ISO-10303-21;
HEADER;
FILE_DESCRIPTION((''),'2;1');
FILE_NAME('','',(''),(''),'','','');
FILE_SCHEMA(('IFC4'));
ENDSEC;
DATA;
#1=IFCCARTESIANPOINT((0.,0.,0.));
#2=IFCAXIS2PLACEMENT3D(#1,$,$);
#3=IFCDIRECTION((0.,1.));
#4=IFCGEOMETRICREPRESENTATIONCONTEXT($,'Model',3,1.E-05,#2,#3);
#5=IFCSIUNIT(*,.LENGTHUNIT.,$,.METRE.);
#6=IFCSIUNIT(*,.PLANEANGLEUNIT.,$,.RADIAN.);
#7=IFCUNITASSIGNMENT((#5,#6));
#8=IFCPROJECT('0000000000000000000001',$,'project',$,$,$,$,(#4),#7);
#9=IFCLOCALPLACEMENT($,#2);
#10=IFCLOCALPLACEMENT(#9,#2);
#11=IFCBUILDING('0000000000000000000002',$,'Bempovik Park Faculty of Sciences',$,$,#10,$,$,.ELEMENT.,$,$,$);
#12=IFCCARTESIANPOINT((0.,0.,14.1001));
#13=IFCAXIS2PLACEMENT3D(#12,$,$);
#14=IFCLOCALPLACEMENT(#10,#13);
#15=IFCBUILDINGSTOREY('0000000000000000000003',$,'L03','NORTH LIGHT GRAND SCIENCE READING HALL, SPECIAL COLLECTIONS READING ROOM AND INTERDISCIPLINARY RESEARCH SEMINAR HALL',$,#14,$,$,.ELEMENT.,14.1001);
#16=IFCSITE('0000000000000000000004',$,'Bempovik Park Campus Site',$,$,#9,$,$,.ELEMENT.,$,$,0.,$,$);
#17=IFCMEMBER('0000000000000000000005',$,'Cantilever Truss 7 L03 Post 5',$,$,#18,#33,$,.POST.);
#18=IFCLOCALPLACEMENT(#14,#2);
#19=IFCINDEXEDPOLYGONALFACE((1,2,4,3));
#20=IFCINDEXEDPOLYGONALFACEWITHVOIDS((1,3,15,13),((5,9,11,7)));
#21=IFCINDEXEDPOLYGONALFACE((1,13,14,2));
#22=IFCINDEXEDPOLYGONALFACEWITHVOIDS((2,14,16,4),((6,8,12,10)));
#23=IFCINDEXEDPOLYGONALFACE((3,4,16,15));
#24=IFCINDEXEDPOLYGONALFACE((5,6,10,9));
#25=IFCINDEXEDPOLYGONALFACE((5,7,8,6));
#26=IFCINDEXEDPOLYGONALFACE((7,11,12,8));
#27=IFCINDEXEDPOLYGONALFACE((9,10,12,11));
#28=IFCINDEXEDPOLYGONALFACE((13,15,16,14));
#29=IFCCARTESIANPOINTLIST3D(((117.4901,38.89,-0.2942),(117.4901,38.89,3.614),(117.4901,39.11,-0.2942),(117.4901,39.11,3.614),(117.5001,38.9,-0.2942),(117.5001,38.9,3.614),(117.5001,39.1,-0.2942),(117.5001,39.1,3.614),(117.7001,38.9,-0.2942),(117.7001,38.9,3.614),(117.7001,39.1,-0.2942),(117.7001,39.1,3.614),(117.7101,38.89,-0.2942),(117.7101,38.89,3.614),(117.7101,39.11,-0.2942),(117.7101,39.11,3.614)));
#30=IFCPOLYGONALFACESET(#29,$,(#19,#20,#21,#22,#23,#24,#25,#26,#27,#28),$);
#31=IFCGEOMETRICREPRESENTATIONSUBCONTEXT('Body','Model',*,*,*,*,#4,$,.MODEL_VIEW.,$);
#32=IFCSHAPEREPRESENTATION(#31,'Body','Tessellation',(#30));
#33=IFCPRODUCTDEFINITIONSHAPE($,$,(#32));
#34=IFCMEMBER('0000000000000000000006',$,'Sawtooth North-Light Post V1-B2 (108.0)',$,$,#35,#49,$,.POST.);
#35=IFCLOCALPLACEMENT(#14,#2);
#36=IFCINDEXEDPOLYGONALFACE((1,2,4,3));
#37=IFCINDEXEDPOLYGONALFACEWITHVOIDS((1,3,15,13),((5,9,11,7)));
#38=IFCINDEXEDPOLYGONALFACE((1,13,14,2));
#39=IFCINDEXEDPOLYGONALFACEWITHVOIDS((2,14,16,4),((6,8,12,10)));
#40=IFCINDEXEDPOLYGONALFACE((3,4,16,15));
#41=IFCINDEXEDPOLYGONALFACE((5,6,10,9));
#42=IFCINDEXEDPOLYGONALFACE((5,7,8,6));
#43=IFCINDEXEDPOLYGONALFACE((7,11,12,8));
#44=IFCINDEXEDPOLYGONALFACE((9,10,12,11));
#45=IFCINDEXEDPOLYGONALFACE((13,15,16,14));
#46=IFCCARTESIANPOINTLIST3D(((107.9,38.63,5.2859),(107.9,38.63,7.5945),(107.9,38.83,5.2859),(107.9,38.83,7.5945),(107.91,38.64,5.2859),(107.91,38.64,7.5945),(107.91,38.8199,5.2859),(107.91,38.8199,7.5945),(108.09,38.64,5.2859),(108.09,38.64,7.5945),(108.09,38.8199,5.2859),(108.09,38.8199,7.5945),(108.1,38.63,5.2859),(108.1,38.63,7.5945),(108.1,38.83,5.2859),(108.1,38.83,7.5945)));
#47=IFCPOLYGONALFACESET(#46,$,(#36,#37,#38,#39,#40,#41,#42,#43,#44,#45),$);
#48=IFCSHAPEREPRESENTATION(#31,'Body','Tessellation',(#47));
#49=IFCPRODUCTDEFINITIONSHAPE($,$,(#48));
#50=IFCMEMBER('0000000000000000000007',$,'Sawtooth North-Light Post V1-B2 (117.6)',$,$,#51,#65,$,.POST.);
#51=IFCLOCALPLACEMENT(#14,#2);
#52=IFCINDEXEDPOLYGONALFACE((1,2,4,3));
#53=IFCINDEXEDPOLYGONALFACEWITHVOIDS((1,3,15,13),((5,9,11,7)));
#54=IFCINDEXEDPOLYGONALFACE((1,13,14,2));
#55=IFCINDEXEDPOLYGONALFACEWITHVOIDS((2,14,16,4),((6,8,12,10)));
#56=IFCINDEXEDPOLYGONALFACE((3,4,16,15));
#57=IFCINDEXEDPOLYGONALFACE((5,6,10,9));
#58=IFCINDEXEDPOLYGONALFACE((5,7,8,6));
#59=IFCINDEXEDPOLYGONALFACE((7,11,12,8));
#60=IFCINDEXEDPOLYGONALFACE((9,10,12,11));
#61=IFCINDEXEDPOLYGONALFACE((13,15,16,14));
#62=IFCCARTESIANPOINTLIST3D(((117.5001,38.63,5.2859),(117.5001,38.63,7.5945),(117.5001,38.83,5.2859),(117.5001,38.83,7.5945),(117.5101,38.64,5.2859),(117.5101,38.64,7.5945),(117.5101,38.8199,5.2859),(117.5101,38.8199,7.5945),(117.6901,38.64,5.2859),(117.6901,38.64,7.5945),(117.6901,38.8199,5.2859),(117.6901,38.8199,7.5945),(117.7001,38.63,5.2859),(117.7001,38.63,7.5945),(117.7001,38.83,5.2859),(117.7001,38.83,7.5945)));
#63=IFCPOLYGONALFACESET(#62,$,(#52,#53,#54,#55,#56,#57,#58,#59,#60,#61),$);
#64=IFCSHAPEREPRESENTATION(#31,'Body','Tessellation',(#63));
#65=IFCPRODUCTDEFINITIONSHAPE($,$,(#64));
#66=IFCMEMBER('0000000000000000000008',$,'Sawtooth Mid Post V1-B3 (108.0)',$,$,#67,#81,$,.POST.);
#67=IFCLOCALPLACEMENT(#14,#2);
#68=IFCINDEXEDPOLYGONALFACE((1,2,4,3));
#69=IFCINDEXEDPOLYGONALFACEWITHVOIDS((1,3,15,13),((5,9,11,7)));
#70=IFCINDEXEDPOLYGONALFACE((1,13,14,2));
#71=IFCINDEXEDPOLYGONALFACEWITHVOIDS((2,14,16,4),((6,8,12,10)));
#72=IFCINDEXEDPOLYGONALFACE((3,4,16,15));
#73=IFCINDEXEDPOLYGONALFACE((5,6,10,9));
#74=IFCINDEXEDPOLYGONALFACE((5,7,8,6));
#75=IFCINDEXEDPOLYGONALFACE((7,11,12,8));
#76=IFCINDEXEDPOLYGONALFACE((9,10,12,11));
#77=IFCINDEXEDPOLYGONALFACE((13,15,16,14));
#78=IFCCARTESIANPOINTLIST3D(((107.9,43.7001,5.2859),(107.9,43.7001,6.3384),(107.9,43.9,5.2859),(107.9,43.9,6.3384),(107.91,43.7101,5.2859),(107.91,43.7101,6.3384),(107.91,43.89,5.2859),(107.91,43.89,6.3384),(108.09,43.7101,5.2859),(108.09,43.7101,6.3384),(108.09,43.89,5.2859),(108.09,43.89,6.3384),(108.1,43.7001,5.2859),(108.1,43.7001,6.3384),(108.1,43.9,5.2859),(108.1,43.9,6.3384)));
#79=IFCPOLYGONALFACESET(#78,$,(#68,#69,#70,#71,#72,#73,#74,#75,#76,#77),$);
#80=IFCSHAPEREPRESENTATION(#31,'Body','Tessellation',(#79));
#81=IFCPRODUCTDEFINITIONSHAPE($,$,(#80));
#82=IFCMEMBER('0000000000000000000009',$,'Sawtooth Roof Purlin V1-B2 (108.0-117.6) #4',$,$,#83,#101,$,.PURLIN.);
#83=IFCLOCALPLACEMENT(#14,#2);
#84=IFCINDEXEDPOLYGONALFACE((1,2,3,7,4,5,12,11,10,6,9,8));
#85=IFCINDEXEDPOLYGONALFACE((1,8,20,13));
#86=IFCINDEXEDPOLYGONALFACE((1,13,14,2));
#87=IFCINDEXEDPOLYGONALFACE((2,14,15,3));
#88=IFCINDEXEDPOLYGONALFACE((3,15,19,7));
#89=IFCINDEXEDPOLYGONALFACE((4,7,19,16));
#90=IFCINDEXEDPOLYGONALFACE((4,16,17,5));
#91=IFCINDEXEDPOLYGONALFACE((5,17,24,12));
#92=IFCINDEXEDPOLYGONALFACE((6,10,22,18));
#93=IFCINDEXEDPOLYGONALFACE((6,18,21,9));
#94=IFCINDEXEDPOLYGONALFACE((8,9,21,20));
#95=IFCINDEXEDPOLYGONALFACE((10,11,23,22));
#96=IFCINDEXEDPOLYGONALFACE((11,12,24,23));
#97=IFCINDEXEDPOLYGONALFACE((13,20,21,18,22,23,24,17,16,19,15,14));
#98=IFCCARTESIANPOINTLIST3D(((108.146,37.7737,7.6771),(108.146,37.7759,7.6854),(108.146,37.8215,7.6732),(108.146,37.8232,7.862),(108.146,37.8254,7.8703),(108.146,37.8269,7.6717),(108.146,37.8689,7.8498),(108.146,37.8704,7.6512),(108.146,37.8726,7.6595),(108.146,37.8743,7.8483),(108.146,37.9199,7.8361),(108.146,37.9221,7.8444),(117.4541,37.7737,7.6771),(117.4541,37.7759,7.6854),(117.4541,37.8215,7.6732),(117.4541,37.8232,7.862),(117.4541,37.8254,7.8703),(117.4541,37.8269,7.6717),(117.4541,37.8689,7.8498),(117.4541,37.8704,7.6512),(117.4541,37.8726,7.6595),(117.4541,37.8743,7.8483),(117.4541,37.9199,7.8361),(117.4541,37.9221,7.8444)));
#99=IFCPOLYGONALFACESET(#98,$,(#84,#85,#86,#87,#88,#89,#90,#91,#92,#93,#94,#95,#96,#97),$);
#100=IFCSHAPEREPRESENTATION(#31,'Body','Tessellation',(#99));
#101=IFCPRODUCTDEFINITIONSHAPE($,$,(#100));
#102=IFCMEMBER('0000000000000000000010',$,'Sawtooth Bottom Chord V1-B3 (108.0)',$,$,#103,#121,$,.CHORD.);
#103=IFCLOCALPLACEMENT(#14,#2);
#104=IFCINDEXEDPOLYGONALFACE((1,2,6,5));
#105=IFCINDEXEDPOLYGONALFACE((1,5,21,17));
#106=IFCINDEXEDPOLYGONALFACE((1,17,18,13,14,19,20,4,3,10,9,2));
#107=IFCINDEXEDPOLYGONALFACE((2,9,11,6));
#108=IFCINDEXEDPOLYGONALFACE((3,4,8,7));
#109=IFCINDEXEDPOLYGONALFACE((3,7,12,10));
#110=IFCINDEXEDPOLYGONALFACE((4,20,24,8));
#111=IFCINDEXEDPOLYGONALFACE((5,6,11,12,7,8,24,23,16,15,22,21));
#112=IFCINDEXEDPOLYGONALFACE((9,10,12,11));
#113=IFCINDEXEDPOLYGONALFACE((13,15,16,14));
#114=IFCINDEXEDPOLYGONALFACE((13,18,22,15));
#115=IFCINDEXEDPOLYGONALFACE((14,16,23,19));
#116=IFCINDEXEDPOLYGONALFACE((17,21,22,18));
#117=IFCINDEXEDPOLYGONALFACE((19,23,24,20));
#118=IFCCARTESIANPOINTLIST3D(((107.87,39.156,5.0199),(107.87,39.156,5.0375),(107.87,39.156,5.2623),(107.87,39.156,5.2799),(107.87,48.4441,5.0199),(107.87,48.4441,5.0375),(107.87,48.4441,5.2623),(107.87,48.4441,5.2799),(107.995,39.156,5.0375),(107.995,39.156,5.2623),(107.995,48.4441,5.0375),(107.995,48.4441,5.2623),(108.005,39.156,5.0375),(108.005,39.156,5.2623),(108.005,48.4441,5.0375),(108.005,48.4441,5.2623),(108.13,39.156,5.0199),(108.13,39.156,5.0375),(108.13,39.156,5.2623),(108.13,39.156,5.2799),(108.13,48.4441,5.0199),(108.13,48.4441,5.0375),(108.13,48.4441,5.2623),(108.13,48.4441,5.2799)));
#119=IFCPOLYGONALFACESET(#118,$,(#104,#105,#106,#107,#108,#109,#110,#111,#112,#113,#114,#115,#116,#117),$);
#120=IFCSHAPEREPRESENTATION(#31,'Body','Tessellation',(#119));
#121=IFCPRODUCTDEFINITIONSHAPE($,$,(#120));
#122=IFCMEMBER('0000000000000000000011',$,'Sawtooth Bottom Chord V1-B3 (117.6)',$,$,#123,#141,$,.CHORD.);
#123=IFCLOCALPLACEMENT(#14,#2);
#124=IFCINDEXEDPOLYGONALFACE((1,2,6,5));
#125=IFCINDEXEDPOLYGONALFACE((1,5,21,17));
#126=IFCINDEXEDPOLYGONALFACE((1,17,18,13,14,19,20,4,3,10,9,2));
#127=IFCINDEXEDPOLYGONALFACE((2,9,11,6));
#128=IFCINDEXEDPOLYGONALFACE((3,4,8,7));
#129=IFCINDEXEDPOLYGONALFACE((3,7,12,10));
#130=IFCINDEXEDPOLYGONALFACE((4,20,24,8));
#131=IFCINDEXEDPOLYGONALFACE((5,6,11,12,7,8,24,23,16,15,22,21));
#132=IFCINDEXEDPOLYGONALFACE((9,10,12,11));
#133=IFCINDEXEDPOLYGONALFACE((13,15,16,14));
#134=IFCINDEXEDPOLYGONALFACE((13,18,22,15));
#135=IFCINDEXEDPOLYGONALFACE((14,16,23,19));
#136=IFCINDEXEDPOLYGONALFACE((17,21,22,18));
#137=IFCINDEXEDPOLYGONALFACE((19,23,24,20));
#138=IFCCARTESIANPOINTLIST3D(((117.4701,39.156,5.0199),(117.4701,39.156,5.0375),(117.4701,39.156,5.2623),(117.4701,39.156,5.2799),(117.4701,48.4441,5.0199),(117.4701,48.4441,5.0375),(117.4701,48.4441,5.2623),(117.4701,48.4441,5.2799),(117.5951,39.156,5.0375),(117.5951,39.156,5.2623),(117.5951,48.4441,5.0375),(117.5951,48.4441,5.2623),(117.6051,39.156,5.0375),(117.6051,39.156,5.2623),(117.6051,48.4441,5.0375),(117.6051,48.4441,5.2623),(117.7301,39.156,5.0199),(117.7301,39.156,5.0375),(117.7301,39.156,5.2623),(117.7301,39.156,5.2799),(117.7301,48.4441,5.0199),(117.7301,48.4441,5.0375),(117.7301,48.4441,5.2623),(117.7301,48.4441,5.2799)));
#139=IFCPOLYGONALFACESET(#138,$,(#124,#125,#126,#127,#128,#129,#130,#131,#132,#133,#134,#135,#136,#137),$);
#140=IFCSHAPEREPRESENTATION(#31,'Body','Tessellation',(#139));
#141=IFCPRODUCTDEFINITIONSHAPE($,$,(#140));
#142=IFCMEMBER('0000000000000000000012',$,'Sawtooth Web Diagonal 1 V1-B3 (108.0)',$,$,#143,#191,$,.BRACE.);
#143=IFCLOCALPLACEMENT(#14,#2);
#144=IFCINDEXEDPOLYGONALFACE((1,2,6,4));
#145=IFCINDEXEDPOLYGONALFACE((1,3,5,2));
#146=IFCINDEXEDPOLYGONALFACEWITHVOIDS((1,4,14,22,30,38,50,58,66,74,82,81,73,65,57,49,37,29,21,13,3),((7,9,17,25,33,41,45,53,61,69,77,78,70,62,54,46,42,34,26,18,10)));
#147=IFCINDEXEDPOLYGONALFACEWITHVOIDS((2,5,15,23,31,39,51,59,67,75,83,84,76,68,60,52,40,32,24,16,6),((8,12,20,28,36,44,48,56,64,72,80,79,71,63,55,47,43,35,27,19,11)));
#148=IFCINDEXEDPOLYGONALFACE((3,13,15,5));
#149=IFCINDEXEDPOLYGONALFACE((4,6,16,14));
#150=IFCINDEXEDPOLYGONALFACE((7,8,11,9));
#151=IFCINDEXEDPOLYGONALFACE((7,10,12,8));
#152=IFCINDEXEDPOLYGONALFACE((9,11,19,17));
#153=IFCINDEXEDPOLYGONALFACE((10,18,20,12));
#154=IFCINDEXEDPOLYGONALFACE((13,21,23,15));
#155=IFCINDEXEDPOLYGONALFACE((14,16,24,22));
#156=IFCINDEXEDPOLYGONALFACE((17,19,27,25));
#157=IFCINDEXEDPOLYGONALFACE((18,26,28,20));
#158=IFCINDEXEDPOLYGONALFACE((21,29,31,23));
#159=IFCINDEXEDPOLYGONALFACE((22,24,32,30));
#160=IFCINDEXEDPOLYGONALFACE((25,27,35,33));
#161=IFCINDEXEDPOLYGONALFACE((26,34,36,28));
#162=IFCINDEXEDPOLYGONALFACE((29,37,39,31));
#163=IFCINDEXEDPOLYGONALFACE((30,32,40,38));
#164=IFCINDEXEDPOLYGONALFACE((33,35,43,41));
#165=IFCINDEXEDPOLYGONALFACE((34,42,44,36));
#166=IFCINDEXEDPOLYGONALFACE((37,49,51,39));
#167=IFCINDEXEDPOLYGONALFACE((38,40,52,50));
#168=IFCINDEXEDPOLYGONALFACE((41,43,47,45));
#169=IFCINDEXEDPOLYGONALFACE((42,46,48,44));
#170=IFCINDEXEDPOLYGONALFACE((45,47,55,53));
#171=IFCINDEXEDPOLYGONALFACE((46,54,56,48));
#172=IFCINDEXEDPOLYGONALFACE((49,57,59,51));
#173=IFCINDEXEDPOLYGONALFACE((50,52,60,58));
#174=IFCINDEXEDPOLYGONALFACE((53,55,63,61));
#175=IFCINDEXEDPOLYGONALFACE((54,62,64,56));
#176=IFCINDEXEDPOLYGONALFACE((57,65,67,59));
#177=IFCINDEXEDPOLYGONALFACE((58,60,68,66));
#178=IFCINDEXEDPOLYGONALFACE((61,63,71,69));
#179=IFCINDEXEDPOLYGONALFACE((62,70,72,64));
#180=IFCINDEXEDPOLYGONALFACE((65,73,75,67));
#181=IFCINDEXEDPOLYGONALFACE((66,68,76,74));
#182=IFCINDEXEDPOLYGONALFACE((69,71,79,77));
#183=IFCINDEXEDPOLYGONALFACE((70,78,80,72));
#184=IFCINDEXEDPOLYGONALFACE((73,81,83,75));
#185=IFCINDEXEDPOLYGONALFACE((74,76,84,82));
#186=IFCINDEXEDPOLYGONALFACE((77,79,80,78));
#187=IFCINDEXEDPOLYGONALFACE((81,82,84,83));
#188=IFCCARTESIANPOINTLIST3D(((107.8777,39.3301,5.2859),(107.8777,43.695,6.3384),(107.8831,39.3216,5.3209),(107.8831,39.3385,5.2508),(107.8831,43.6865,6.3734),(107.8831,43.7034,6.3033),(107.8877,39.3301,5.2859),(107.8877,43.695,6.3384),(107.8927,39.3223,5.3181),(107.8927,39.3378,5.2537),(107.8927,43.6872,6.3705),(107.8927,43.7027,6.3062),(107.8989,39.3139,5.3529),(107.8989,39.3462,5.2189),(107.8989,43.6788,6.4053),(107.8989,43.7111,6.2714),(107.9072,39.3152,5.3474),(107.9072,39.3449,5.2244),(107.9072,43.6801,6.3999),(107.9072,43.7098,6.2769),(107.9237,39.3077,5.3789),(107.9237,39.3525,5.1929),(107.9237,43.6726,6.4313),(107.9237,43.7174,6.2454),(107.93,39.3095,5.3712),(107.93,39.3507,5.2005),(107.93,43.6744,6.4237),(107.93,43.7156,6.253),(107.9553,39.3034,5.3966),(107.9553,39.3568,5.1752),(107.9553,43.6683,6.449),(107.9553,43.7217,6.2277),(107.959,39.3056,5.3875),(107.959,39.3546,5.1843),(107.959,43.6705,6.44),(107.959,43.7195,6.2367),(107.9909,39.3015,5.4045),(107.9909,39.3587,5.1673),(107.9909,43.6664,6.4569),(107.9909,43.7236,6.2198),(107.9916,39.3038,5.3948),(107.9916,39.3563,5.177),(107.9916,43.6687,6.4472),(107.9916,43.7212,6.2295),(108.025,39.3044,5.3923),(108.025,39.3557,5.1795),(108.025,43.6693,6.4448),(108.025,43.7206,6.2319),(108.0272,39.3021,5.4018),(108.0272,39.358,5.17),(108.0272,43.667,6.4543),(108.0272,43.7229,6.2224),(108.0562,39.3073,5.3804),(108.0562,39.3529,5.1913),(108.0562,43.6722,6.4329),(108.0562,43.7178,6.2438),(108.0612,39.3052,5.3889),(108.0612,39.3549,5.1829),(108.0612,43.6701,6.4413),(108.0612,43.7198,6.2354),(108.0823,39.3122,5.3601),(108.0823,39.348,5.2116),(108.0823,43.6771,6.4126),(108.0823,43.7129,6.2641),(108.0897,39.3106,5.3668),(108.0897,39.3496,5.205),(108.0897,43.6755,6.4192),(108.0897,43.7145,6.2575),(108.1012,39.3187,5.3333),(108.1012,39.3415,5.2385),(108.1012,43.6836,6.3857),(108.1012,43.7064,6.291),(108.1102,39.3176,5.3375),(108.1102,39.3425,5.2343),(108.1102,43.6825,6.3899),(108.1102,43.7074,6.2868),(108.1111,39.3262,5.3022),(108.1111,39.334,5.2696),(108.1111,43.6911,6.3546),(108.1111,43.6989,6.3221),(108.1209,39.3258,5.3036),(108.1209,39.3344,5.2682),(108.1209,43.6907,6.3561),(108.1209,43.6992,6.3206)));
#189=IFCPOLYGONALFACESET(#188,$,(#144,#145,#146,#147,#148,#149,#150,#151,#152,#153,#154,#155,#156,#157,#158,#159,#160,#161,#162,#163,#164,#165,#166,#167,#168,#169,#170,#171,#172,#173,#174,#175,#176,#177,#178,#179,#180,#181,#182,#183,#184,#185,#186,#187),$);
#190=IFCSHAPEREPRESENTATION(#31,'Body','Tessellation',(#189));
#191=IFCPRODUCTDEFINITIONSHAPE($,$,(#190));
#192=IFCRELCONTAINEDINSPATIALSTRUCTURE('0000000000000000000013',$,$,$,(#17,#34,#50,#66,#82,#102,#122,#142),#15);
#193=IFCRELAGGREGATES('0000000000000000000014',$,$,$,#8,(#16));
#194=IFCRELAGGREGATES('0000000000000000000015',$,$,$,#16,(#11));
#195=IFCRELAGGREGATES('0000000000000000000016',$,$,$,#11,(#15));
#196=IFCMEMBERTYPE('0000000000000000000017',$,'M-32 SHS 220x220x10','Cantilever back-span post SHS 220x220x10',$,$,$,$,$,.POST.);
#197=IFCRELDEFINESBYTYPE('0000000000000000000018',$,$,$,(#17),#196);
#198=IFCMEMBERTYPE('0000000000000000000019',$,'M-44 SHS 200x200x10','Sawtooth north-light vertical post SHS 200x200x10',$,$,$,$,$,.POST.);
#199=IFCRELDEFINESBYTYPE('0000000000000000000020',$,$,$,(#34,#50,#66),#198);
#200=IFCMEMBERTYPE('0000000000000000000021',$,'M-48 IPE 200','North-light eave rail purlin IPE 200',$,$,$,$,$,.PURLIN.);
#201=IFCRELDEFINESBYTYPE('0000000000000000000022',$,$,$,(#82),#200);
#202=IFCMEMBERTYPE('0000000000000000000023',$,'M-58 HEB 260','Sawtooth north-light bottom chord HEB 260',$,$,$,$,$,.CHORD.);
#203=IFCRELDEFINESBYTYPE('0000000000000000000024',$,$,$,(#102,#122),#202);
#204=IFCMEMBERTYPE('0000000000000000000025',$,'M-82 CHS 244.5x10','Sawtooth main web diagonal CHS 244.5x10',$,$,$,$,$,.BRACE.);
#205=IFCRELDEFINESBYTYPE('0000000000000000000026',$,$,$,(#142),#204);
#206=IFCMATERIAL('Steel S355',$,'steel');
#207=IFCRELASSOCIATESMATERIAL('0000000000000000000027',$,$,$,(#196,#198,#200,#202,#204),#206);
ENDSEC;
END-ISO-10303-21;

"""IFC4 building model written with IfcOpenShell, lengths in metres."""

from ifc_helpers import new_model, si_unit, direction, frame, origin, origin_2d, place, context, subcontext, project, spatial, hollow_rectangle, hollow_circle, i_section, extrude, material, material_profile, profile_set, type_object, element, save


model = new_model("IFC4")

# Units and contexts
model_context = context("Model", 3, precision=1e-05, world=origin(), true_north=direction((0.0, 1.0)))
body_context = subcontext(model_context, "Body", "Model", "MODEL_VIEW")
ifc_project = project(units=[si_unit("LENGTHUNIT", "METRE"), si_unit("PLANEANGLEUNIT", "RADIAN")], contexts=[model_context])

# Site, building, storey
site_placement = place(None, origin())
site = spatial("IfcSite", under=ifc_project, at=site_placement, Name="Bempovik Park Campus Site", CompositionType="ELEMENT", RefElevation=0.0)
building_placement = place(site_placement, origin())
building = spatial("IfcBuilding", under=site, at=building_placement, Name="Bempovik Park Faculty of Sciences", CompositionType="ELEMENT")
storey_placement = place(building_placement, frame((0.0, 0.0, 14.1001)))
storey = spatial("IfcBuildingStorey", under=building, at=storey_placement, Name="L03", Description="NORTH LIGHT GRAND SCIENCE READING HALL, SPECIAL COLLECTIONS READING ROOM AND INTERDISCIPLINARY RESEARCH SEMINAR HALL", CompositionType="ELEMENT", Elevation=14.1001)

# Shared definitions
ifc_material_1 = material(Name="Steel S355", Category="steel")

# Members
ifc_material_profile_1 = material_profile(ifc_material_1, hollow_rectangle(XDim=0.22, YDim=0.22, WallThickness=0.01, at=origin_2d()), Name="SHS 220x220x10")
ifc_profile_set_1 = profile_set([ifc_material_profile_1], Name="Steel S355")
member_type_1 = type_object("IfcMemberType", Name="M-32 SHS 220x220x10", Description="Cantilever back-span post SHS 220x220x10", PredefinedType="POST", material=ifc_profile_set_1)
for number, where, z_axis, x_axis, name in (
    (1, (117.6001, 39.0, -0.2942), (0.0, 0.0, 1.0), (1.0, 0.0, 0.0), "Cantilever Truss 7 L03 Post 5"),
):
    element("IfcMember", number, at=place(storey_placement, frame(where, z_axis=z_axis, x_axis=x_axis)), inside=storey, type_object=member_type_1, Name=name, PredefinedType="POST", context=body_context, shape_type="SweptSolid", body=[
        extrude(hollow_rectangle(XDim=0.22, YDim=0.22, WallThickness=0.01, at=origin_2d()), origin(), (0.0, 0.0, 1.0), 3.9082),
    ])
ifc_material_profile_2 = material_profile(ifc_material_1, hollow_rectangle(XDim=0.2, YDim=0.2, WallThickness=0.01, at=origin_2d()), Name="SHS 200x200x10")
ifc_profile_set_2 = profile_set([ifc_material_profile_2], Name="Steel S355")
member_type_2 = type_object("IfcMemberType", Name="M-44 SHS 200x200x10", Description="Sawtooth north-light vertical post SHS 200x200x10", PredefinedType="POST", material=ifc_profile_set_2)
for number, where, z_axis, x_axis, name in (
    (2, (108.0, 38.73, 5.2859), (0.0, 0.0, 1.0), (1.0, 0.0, 0.0), "Sawtooth North-Light Post V1-B2 (108.0)"),
    (3, (117.6001, 38.73, 5.2859), (0.0, 0.0, 1.0), (1.0, 0.0, 0.0), "Sawtooth North-Light Post V1-B2 (117.6)"),
):
    element("IfcMember", number, at=place(storey_placement, frame(where, z_axis=z_axis, x_axis=x_axis)), inside=storey, type_object=member_type_2, Name=name, PredefinedType="POST", context=body_context, shape_type="SweptSolid", body=[
        extrude(hollow_rectangle(XDim=0.2, YDim=0.2, WallThickness=0.01, at=origin_2d()), origin(), (0.0, 0.0, 1.0), 2.3086),
    ])
member_1_placement = place(storey_placement, frame((108.0, 43.8, 5.2859), z_axis=(0.0, 0.0, 1.0), x_axis=(1.0, 0.0, 0.0)))
element("IfcMember", 4, at=member_1_placement, inside=storey, type_object=member_type_2, Name="Sawtooth Mid Post V1-B3 (108.0)", PredefinedType="POST", context=body_context, shape_type="SweptSolid", body=[
    extrude(hollow_rectangle(XDim=0.2, YDim=0.2, WallThickness=0.01, at=origin_2d()), origin(), (0.0, 0.0, 1.0), 1.0525),
])
ifc_material_profile_3 = material_profile(ifc_material_1, i_section(OverallWidth=0.1001, OverallDepth=0.2, WebThickness=0.0056, FlangeThickness=0.0085, at=origin_2d()), Name="IPE 200")
ifc_profile_set_3 = profile_set([ifc_material_profile_3], Name="Steel S355")
member_type_3 = type_object("IfcMemberType", Name="M-48 IPE 200", Description="North-light eave rail purlin IPE 200", PredefinedType="PURLIN", material=ifc_profile_set_3)
member_2_placement = place(storey_placement, frame((108.146, 37.8479, 7.7607), z_axis=(1.0, 0.0, 0.0), x_axis=(0.0, 0.965926, -0.258819)))
element("IfcMember", 5, at=member_2_placement, inside=storey, type_object=member_type_3, Name="Sawtooth Roof Purlin V1-B2 (108.0-117.6) #4", PredefinedType="PURLIN", context=body_context, shape_type="SweptSolid", body=[
    extrude(i_section(OverallWidth=0.1001, OverallDepth=0.2, WebThickness=0.0056, FlangeThickness=0.0085, at=origin_2d()), origin(), (0.0, 0.0, 1.0), 9.3081),
])
ifc_material_profile_4 = material_profile(ifc_material_1, i_section(OverallWidth=0.26, OverallDepth=0.26, WebThickness=0.01, FlangeThickness=0.0176, at=origin_2d()), Name="HEB 260")
ifc_profile_set_4 = profile_set([ifc_material_profile_4], Name="Steel S355")
member_type_4 = type_object("IfcMemberType", Name="M-58 HEB 260", Description="Sawtooth north-light bottom chord HEB 260", PredefinedType="CHORD", material=ifc_profile_set_4)
for number, where, z_axis, x_axis, name in (
    (6, (108.0, 39.156, 5.1499), (0.0, 1.0, 0.0), (-1.0, 0.0, 0.0), "Sawtooth Bottom Chord V1-B3 (108.0)"),
    (7, (117.6001, 39.156, 5.1499), (0.0, 1.0, 0.0), (-1.0, 0.0, 0.0), "Sawtooth Bottom Chord V1-B3 (117.6)"),
):
    element("IfcMember", number, at=place(storey_placement, frame(where, z_axis=z_axis, x_axis=x_axis)), inside=storey, type_object=member_type_4, Name=name, PredefinedType="CHORD", context=body_context, shape_type="SweptSolid", body=[
        extrude(i_section(OverallWidth=0.26, OverallDepth=0.26, WebThickness=0.01, FlangeThickness=0.0176, at=origin_2d()), origin(), (0.0, 0.0, 1.0), 9.2881),
    ])
ifc_material_profile_5 = material_profile(ifc_material_1, hollow_circle(Radius=0.1223, WallThickness=0.01, at=origin_2d()), Name="CHS 244.5x10")
ifc_profile_set_5 = profile_set([ifc_material_profile_5], Name="Steel S355")
member_type_5 = type_object("IfcMemberType", Name="M-82 CHS 244.5x10", Description="Sawtooth main web diagonal CHS 244.5x10", PredefinedType="BRACE", material=ifc_profile_set_5)
for number, where, z_axis, x_axis, name in (
    (8, (108.0, 39.3301, 5.2859), (0.0, 0.972139, 0.234403), (-1.0, 0.0, 0.0), "Sawtooth Web Diagonal 1 V1-B3 (108.0)"),
):
    element("IfcMember", number, at=place(storey_placement, frame(where, z_axis=z_axis, x_axis=x_axis)), inside=storey, type_object=member_type_5, Name=name, PredefinedType="BRACE", context=body_context, shape_type="SweptSolid", body=[
        extrude(hollow_circle(Radius=0.1223, WallThickness=0.01, at=origin_2d()), origin(), (0.0, 0.0, 1.0), 4.49),
    ])

save(model, "model.ifc")
